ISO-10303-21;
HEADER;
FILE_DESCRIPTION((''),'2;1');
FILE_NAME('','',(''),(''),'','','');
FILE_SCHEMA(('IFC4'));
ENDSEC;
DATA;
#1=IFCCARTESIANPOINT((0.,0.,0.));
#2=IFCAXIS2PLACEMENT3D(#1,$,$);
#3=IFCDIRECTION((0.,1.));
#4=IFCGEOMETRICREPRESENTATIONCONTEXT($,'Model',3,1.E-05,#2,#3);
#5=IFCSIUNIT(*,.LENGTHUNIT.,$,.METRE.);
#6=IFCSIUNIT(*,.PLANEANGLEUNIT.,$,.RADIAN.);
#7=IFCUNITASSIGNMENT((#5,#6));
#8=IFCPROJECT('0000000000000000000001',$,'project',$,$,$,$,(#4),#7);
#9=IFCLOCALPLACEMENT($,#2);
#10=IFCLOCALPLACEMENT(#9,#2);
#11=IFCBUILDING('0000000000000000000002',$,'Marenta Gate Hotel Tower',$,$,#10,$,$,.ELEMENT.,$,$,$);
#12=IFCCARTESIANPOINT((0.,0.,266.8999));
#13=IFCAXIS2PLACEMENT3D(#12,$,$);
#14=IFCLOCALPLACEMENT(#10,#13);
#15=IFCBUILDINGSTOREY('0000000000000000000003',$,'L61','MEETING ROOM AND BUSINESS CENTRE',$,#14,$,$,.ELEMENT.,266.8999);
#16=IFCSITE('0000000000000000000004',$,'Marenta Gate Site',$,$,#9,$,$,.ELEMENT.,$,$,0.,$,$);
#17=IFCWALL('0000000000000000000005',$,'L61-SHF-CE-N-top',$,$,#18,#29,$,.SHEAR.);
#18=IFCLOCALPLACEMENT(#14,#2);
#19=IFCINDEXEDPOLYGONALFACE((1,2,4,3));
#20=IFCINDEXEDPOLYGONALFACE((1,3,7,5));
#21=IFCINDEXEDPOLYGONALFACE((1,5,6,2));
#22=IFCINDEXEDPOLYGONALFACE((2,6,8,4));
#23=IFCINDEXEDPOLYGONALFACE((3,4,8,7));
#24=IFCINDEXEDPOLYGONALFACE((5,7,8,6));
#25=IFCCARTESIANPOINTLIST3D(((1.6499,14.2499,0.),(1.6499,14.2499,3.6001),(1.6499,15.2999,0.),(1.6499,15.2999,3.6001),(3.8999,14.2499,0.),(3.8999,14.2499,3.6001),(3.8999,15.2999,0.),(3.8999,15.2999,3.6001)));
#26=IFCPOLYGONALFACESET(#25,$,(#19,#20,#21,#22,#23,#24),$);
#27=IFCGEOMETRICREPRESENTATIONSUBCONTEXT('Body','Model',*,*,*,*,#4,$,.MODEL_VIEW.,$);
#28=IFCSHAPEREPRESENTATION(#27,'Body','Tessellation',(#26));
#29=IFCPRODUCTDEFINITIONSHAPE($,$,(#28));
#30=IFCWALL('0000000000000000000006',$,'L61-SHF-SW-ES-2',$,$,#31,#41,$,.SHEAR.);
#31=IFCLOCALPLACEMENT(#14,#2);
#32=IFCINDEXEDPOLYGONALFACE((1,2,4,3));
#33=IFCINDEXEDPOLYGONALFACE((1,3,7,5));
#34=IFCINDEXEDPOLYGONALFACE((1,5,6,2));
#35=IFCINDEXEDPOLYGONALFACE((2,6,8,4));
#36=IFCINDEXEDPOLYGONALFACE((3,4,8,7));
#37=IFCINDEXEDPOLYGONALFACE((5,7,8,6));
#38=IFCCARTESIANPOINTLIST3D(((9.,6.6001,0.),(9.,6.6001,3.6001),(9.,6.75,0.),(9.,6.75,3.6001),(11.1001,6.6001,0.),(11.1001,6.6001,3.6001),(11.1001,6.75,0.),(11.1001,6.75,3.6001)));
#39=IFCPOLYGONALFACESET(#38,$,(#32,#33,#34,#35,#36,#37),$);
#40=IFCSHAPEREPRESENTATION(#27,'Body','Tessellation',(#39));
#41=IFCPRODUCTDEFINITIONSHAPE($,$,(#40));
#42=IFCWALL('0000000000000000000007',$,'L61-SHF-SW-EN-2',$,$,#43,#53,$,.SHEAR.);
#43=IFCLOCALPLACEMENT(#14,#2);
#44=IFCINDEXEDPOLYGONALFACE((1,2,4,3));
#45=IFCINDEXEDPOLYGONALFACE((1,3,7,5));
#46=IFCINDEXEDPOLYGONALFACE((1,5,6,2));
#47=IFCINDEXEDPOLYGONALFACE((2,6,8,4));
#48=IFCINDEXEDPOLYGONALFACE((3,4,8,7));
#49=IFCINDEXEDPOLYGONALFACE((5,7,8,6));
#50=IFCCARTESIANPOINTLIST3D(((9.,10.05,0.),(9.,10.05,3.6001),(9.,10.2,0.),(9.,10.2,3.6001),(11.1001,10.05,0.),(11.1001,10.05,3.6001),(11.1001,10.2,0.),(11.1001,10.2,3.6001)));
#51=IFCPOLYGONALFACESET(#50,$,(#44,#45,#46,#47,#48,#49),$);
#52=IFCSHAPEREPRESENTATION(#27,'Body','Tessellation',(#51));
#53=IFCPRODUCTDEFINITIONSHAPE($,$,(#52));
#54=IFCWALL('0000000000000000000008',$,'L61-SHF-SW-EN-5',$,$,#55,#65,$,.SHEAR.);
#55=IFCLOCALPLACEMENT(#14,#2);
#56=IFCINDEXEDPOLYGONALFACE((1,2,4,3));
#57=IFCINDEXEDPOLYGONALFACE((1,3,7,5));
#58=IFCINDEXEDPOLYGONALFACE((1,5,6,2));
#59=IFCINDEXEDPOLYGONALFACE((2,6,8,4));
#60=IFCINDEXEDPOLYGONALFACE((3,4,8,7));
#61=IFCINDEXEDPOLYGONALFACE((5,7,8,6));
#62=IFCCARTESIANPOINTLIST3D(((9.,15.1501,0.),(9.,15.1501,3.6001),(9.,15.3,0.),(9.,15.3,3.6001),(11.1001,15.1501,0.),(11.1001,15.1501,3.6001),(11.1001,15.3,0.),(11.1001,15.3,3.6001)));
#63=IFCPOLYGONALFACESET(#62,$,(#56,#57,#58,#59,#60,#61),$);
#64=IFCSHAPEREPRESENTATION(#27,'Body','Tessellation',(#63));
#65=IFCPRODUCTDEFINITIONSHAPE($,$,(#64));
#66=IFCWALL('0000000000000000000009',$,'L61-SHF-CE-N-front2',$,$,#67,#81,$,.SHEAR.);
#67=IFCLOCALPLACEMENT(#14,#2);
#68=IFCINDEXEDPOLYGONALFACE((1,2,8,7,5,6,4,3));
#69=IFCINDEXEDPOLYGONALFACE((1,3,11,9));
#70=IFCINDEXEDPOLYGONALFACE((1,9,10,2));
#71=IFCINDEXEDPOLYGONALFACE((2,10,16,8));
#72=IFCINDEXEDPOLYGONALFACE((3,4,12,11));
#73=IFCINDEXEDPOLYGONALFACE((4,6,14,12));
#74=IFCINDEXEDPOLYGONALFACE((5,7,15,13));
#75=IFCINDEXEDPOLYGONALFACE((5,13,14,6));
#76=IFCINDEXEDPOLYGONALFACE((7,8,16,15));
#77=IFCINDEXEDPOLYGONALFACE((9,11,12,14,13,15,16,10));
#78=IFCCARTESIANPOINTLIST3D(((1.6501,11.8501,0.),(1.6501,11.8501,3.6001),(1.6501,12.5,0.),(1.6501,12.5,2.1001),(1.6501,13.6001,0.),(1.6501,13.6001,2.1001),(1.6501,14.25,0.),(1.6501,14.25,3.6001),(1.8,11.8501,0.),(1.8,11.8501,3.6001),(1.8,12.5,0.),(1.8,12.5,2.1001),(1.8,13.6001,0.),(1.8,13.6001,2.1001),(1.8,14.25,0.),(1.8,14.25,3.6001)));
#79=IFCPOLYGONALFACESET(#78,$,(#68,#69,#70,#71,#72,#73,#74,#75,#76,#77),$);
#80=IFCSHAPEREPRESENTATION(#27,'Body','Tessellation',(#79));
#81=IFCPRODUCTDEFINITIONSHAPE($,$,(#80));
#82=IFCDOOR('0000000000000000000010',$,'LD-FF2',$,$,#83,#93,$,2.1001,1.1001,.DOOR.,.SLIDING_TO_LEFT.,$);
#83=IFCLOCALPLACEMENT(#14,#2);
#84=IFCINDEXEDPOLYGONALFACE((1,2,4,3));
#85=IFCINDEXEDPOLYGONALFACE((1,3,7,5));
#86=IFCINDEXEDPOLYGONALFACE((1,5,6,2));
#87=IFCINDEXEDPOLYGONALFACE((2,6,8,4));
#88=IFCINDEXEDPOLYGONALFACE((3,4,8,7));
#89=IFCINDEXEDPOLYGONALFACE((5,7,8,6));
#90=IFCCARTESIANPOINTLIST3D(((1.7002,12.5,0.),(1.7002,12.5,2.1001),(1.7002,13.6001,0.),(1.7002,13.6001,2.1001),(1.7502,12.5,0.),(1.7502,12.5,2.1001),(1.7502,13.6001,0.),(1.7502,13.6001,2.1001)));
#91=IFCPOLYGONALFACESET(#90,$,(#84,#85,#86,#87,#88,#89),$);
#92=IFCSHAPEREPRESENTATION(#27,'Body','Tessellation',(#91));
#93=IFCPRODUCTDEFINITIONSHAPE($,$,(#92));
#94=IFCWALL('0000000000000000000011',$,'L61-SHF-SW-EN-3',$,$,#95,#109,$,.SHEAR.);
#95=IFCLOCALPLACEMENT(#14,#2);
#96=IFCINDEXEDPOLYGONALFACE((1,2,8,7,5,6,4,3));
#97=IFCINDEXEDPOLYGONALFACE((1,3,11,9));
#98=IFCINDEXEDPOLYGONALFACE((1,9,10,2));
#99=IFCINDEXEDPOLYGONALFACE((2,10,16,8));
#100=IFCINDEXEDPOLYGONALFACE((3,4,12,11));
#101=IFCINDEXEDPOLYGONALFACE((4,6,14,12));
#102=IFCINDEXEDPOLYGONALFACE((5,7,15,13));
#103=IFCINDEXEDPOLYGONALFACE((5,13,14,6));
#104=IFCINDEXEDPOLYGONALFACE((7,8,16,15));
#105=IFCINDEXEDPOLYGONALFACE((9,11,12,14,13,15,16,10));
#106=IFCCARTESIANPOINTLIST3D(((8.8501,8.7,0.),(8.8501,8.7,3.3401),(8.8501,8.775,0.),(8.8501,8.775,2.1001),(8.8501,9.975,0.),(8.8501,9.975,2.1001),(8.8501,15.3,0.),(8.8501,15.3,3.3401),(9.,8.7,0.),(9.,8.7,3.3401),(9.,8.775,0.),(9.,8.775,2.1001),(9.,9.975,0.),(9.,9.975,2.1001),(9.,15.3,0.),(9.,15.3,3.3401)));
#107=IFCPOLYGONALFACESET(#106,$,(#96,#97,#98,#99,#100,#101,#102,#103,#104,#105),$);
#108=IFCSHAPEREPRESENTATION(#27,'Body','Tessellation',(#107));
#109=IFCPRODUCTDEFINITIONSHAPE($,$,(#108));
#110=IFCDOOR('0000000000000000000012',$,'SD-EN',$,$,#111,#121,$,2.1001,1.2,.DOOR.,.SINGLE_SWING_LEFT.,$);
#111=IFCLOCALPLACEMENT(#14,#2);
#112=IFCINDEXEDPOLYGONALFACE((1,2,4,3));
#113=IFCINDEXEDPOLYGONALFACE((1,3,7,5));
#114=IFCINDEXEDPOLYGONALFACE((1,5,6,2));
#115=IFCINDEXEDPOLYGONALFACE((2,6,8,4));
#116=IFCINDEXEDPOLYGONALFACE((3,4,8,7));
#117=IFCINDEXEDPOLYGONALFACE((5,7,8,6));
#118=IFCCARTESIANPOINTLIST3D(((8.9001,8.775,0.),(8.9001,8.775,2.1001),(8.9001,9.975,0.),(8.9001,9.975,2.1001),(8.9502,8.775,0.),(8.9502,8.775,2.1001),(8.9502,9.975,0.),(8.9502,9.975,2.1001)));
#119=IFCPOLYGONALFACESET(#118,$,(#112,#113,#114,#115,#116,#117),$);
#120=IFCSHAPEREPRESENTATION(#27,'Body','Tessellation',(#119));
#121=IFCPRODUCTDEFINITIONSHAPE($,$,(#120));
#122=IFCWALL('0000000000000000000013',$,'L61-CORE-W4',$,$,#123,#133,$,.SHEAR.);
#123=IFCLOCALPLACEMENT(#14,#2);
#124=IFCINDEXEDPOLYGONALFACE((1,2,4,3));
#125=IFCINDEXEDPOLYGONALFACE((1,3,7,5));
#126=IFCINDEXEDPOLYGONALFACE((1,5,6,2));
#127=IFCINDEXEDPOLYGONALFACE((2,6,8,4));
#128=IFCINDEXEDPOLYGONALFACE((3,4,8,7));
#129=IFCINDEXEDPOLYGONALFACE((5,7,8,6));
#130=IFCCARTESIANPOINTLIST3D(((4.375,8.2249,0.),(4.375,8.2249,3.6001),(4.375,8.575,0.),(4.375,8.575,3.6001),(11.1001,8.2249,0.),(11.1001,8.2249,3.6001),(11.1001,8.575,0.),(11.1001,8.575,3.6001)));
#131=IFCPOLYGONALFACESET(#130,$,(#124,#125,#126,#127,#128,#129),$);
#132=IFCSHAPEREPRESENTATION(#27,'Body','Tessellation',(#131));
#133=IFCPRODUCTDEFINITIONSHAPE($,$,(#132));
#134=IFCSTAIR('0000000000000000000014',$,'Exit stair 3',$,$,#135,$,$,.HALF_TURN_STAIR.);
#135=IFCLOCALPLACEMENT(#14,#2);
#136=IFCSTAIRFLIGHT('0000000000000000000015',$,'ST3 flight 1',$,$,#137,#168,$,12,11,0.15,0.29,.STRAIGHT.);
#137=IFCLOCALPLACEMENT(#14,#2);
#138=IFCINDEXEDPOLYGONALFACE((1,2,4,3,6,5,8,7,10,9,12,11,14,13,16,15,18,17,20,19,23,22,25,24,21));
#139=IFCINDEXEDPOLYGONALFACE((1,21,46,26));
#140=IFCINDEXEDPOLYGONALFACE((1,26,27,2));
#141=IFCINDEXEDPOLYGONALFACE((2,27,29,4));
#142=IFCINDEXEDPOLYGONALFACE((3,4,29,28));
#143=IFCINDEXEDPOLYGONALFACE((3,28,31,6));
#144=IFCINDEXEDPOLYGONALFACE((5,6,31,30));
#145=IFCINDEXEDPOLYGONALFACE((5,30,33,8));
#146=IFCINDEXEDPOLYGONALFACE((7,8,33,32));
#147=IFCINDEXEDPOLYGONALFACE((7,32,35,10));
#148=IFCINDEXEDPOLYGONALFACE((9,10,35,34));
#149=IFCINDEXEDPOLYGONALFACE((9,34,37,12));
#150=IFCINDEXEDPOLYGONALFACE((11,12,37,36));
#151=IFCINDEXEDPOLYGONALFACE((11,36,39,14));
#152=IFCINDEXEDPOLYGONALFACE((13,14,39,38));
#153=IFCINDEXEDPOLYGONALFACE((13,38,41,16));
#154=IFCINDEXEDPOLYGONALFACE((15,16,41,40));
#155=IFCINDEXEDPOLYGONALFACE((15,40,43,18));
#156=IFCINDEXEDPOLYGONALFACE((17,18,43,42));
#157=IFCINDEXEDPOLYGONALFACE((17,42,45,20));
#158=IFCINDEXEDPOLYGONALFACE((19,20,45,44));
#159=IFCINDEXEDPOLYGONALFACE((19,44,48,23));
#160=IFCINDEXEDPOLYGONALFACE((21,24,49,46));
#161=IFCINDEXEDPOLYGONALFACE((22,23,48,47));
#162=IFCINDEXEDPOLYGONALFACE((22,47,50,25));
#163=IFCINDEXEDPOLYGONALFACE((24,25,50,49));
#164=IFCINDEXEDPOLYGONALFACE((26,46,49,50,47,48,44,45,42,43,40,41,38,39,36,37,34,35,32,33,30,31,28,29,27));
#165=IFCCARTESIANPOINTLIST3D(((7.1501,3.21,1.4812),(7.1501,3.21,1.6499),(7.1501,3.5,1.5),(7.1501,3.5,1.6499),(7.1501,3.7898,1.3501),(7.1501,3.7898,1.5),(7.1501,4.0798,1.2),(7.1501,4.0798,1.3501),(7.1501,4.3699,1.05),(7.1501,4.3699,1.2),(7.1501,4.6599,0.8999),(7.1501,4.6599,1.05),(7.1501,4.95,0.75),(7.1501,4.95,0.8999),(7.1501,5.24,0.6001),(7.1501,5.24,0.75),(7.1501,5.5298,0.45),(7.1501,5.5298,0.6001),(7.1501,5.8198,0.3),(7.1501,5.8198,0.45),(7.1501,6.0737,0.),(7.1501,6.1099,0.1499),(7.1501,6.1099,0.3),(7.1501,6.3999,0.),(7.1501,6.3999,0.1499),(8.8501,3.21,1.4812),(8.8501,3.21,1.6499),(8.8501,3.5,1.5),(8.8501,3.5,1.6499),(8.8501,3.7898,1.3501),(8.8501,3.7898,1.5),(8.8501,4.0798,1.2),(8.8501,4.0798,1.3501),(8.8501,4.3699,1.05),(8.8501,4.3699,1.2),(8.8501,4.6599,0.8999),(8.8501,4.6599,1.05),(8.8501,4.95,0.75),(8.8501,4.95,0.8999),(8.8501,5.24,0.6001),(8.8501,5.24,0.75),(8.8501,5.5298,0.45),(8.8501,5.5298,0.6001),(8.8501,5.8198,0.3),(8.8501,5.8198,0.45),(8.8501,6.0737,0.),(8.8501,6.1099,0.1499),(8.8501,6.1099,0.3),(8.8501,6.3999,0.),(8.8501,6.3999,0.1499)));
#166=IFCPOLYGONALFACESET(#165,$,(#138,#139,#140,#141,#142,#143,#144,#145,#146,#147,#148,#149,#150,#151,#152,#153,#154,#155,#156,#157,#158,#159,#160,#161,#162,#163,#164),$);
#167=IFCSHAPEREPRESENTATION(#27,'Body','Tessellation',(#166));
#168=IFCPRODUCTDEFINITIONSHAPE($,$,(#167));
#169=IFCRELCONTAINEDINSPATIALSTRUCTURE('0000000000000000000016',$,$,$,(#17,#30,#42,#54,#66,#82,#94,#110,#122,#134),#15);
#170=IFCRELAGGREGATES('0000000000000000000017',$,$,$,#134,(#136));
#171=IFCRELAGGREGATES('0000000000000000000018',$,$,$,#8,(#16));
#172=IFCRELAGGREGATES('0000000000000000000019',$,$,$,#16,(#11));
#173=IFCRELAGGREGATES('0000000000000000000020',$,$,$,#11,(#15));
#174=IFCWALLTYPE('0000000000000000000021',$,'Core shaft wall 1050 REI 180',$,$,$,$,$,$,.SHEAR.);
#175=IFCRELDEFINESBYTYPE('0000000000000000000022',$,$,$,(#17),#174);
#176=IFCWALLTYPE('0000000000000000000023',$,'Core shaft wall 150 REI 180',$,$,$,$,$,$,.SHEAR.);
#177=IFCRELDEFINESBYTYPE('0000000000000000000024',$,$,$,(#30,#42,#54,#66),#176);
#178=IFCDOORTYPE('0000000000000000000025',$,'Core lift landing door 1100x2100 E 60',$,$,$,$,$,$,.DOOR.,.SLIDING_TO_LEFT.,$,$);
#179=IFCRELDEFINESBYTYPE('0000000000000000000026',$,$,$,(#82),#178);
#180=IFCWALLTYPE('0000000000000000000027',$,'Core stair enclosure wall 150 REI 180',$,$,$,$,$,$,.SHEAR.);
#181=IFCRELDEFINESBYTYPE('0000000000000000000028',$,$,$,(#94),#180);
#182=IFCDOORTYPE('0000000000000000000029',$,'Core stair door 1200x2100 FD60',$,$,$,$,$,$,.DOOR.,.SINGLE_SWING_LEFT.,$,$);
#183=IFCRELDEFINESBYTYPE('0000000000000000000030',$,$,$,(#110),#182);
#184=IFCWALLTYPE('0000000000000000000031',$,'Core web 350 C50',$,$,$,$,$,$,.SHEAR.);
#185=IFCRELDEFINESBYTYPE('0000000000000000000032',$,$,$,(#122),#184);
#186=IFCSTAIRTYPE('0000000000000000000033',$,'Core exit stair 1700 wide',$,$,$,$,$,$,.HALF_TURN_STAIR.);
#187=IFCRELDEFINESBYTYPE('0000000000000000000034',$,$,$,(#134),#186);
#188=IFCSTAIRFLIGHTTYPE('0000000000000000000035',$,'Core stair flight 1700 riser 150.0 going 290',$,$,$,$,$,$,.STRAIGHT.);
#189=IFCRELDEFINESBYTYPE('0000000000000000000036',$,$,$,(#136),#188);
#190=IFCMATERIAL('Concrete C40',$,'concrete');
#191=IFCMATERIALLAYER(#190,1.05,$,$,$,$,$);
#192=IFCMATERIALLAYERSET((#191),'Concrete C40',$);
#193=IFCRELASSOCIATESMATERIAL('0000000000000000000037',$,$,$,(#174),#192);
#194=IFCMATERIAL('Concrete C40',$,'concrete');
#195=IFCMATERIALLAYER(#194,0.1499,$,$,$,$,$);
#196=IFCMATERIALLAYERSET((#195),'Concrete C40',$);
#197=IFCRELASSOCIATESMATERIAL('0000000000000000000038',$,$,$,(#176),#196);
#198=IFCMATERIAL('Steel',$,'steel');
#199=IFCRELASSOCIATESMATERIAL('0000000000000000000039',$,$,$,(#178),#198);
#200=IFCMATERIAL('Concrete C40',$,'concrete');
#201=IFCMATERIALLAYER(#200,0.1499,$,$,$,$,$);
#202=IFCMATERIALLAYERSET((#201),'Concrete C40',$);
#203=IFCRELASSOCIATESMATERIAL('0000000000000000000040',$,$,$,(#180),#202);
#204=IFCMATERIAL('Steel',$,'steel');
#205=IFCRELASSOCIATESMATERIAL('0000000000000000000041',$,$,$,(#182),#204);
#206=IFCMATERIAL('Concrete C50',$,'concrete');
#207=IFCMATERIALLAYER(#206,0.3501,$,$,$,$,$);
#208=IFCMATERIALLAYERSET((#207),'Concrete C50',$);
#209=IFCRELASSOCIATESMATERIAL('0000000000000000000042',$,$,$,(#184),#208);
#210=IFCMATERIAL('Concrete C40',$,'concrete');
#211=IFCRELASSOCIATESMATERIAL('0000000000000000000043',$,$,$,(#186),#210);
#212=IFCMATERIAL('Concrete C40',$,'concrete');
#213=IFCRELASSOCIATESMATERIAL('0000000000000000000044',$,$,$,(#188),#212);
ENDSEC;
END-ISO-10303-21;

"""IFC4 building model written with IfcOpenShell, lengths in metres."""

from ifc_helpers import new_model, si_unit, direction, frame, frame_2d, origin, place, context, subcontext, project, spatial, polyline, rectangle, outline, extrude, material, layer, layer_set, type_object, element, fill, aggregate, save


model = new_model("IFC4")

# Units and contexts
model_context = context("Model", 3, precision=1e-05, world=origin(), true_north=direction((0.0, 1.0)))
body_context = subcontext(model_context, "Body", "Model", "MODEL_VIEW")
ifc_project = project(units=[si_unit("LENGTHUNIT", "METRE"), si_unit("PLANEANGLEUNIT", "RADIAN")], contexts=[model_context])

# Site, building, storey
site_placement = place(None, origin())
site = spatial("IfcSite", under=ifc_project, at=site_placement, Name="Marenta Gate Site", CompositionType="ELEMENT", RefElevation=0.0)
building_placement = place(site_placement, origin())
building = spatial("IfcBuilding", under=site, at=building_placement, Name="Marenta Gate Hotel Tower", CompositionType="ELEMENT")
storey_placement = place(building_placement, frame((0.0, 0.0, 266.8999)))
storey = spatial("IfcBuildingStorey", under=building, at=storey_placement, Name="L61", Description="MEETING ROOM AND BUSINESS CENTRE", CompositionType="ELEMENT", Elevation=266.8999)

# Walls
ifc_material_1 = material(Name="Concrete C40", Category="concrete")
ifc_layer_1 = layer(ifc_material_1, 1.05)
ifc_layer_set_1 = layer_set([ifc_layer_1], Name="Concrete C40")
wall_type_1 = type_object("IfcWallType", Name="Core shaft wall 1050 REI 180", PredefinedType="SHEAR", material=ifc_layer_set_1)
wall_1_placement = place(storey_placement, frame((1.6499, 14.7749, 0.0), z_axis=(0.0, 0.0, 1.0), x_axis=(1.0, 0.0, 0.0)))
element("IfcWall", 1, at=wall_1_placement, inside=storey, type_object=wall_type_1, Name="L61-SHF-CE-N-top", PredefinedType="SHEAR", context=body_context, shape_type="SweptSolid", body=[
    extrude(rectangle(XDim=2.25, YDim=1.05, at=frame_2d((1.125, 0.0))), origin(), (0.0, 0.0, 1.0), 3.6001),
])
ifc_material_2 = material(Name="Concrete C40", Category="concrete")
ifc_layer_2 = layer(ifc_material_2, 0.1499)
ifc_layer_set_2 = layer_set([ifc_layer_2], Name="Concrete C40")
wall_type_2 = type_object("IfcWallType", Name="Core shaft wall 150 REI 180", PredefinedType="SHEAR", material=ifc_layer_set_2)
for number, where, z_axis, x_axis, name in (
    (2, (9.0, 6.675, 0.0), (0.0, 0.0, 1.0), (1.0, 0.0, 0.0), "L61-SHF-SW-ES-2"),
    (3, (9.0, 10.125, 0.0), (0.0, 0.0, 1.0), (1.0, 0.0, 0.0), "L61-SHF-SW-EN-2"),
    (4, (9.0, 15.2251, 0.0), (0.0, 0.0, 1.0), (1.0, 0.0, 0.0), "L61-SHF-SW-EN-5"),
):
    element("IfcWall", number, at=place(storey_placement, frame(where, z_axis=z_axis, x_axis=x_axis)), inside=storey, type_object=wall_type_2, Name=name, PredefinedType="SHEAR", context=body_context, shape_type="SweptSolid", body=[
        extrude(rectangle(XDim=2.1001, YDim=0.1499, at=frame_2d((1.05, 0.0))), origin(), (0.0, 0.0, 1.0), 3.6001),
    ])

# Walls, openings, doors
wall_2_placement = place(storey_placement, frame((1.7251, 11.8501, 0.0), z_axis=(0.0, 0.0, 1.0), x_axis=(0.0, 1.0, 0.0)))
wall_2 = element("IfcWall", 5, at=wall_2_placement, inside=storey, type_object=wall_type_2, Name="L61-SHF-CE-N-front2", PredefinedType="SHEAR", context=body_context, shape_type="SweptSolid", body=[
    extrude(rectangle(XDim=2.3999, YDim=0.1499, at=frame_2d((1.2, 0.0))), origin(), (0.0, 0.0, 1.0), 3.6001),
])
opening_1_placement = place(wall_2_placement, frame((0.6499, 0.0, 0.0)))
opening_1 = element("IfcOpeningElement", 6, at=opening_1_placement, cuts=wall_2, PredefinedType="OPENING", context=body_context, shape_type="SweptSolid", body=[
    extrude(rectangle(XDim=1.1001, YDim=2.1001, at=frame_2d((0.55, 1.05))), frame((0.0, 0.075, 0.0), z_axis=(0.0, -1.0, 0.0), x_axis=(1.0, 0.0, 0.0)), (0.0, 0.0, 1.0), 0.1499),
])
ifc_material_3 = material(Name="Steel", Category="steel")
door_type_1 = type_object("IfcDoorType", Name="Core lift landing door 1100x2100 E 60", OperationType="SLIDING_TO_LEFT", PredefinedType="DOOR", material=ifc_material_3)
door_1_placement = place(opening_1_placement, origin())
door_1 = element("IfcDoor", 7, at=door_1_placement, inside=storey, type_object=door_type_1, Name="LD-FF2", OperationType="SLIDING_TO_LEFT", OverallHeight=2.1001, OverallWidth=1.1001, PredefinedType="DOOR", context=body_context, shape_type="SweptSolid", body=[
    extrude(rectangle(XDim=1.1001, YDim=2.1001, at=frame_2d((0.55, 1.05))), frame((0.0, 0.0249, 0.0), z_axis=(0.0, -1.0, 0.0), x_axis=(1.0, 0.0, 0.0)), (0.0, 0.0, 1.0), 0.05),
])
fill(opening_1, door_1)
ifc_material_4 = material(Name="Concrete C40", Category="concrete")
ifc_layer_3 = layer(ifc_material_4, 0.1499)
ifc_layer_set_3 = layer_set([ifc_layer_3], Name="Concrete C40")
wall_type_3 = type_object("IfcWallType", Name="Core stair enclosure wall 150 REI 180", PredefinedType="SHEAR", material=ifc_layer_set_3)
wall_3_placement = place(storey_placement, frame((8.925, 8.7, 0.0), z_axis=(0.0, 0.0, 1.0), x_axis=(0.0, 1.0, 0.0)))
wall_3 = element("IfcWall", 8, at=wall_3_placement, inside=storey, type_object=wall_type_3, Name="L61-SHF-SW-EN-3", PredefinedType="SHEAR", context=body_context, shape_type="SweptSolid", body=[
    extrude(rectangle(XDim=6.6001, YDim=0.1499, at=frame_2d((3.3, 0.0))), origin(), (0.0, 0.0, 1.0), 3.3401),
])
opening_2_placement = place(wall_3_placement, frame((0.075, 0.0, 0.0)))
opening_2 = element("IfcOpeningElement", 9, at=opening_2_placement, cuts=wall_3, PredefinedType="OPENING", context=body_context, shape_type="SweptSolid", body=[
    extrude(rectangle(XDim=1.2, YDim=2.1001, at=frame_2d((0.6001, 1.05))), frame((0.0, 0.075, 0.0), z_axis=(0.0, -1.0, 0.0), x_axis=(1.0, 0.0, 0.0)), (0.0, 0.0, 1.0), 0.1499),
])
ifc_material_5 = material(Name="Steel", Category="steel")
door_type_2 = type_object("IfcDoorType", Name="Core stair door 1200x2100 FD60", OperationType="SINGLE_SWING_LEFT", PredefinedType="DOOR", material=ifc_material_5)
door_2_placement = place(opening_2_placement, origin())
door_2 = element("IfcDoor", 10, at=door_2_placement, inside=storey, type_object=door_type_2, Name="SD-EN", OperationType="SINGLE_SWING_LEFT", OverallHeight=2.1001, OverallWidth=1.2, PredefinedType="DOOR", context=body_context, shape_type="SweptSolid", body=[
    extrude(rectangle(XDim=1.2, YDim=2.1001, at=frame_2d((0.6001, 1.05))), frame((0.0, 0.0249, 0.0), z_axis=(0.0, -1.0, 0.0), x_axis=(1.0, 0.0, 0.0)), (0.0, 0.0, 1.0), 0.05),
])
fill(opening_2, door_2)

# Wall
ifc_material_6 = material(Name="Concrete C50", Category="concrete")
ifc_layer_4 = layer(ifc_material_6, 0.3501)
ifc_layer_set_4 = layer_set([ifc_layer_4], Name="Concrete C50")
wall_type_4 = type_object("IfcWallType", Name="Core web 350 C50", PredefinedType="SHEAR", material=ifc_layer_set_4)
wall_4_placement = place(storey_placement, frame((4.375, 8.3999, 0.0), z_axis=(0.0, 0.0, 1.0), x_axis=(1.0, 0.0, 0.0)))
element("IfcWall", 11, at=wall_4_placement, inside=storey, type_object=wall_type_4, Name="L61-CORE-W4", PredefinedType="SHEAR", context=body_context, shape_type="SweptSolid", body=[
    extrude(rectangle(XDim=6.7251, YDim=0.3501, at=frame_2d((3.3625, 0.0))), origin(), (0.0, 0.0, 1.0), 3.6001),
])

# Stair, stair flight
ifc_material_7 = material(Name="Concrete C40", Category="concrete")
stair_type = type_object("IfcStairType", Name="Core exit stair 1700 wide", PredefinedType="HALF_TURN_STAIR", material=ifc_material_7)
stair_1_placement = place(storey_placement, origin())
stair_1 = element("IfcStair", 12, at=stair_1_placement, inside=storey, type_object=stair_type, Name="Exit stair 3", PredefinedType="HALF_TURN_STAIR")
ifc_material_8 = material(Name="Concrete C40", Category="concrete")
stair_flight_type = type_object("IfcStairFlightType", Name="Core stair flight 1700 riser 150.0 going 290", PredefinedType="STRAIGHT", material=ifc_material_8)
stair_flight_1_placement = place(storey_placement, frame((8.0, 6.3999, 0.0), z_axis=(0.0, 0.0, 1.0), x_axis=(0.0, -1.0, 0.0)))
stair_flight_1 = element("IfcStairFlight", 13, at=stair_flight_1_placement, type_object=stair_flight_type, Name="ST3 flight 1", NumberOfRisers=12, NumberOfTreads=11, PredefinedType="STRAIGHT", RiserHeight=0.15, TreadLength=0.29, context=body_context, shape_type="SweptSolid", body=[
    extrude(outline(polyline([(0.0, 0.0), (0.0, 0.1499), (0.29, 0.1499), (0.29, 0.3), (0.5801, 0.3), (0.5801, 0.45), (0.8701, 0.45), (0.8701, 0.6001), (1.1599, 0.6001), (1.1599, 0.75), (1.45, 0.75), (1.45, 0.8999), (1.74, 0.8999), (1.74, 1.05), (2.03, 1.05), (2.03, 1.2), (2.3201, 1.2), (2.3201, 1.3501), (2.6101, 1.3501), (2.6101, 1.5), (2.8999, 1.5), (2.8999, 1.6499), (3.1899, 1.6499), (3.1899, 1.8), (3.1899, 1.4812), (0.3262, 0.0), (0.0, 0.0)])), frame((0.0, 0.8501, 0.0), z_axis=(0.0, -1.0, 0.0), x_axis=(1.0, 0.0, 0.0)), (0.0, 0.0, 1.0), 1.7),
])
aggregate(stair_1, [stair_flight_1])

save(model, "model.ifc")
